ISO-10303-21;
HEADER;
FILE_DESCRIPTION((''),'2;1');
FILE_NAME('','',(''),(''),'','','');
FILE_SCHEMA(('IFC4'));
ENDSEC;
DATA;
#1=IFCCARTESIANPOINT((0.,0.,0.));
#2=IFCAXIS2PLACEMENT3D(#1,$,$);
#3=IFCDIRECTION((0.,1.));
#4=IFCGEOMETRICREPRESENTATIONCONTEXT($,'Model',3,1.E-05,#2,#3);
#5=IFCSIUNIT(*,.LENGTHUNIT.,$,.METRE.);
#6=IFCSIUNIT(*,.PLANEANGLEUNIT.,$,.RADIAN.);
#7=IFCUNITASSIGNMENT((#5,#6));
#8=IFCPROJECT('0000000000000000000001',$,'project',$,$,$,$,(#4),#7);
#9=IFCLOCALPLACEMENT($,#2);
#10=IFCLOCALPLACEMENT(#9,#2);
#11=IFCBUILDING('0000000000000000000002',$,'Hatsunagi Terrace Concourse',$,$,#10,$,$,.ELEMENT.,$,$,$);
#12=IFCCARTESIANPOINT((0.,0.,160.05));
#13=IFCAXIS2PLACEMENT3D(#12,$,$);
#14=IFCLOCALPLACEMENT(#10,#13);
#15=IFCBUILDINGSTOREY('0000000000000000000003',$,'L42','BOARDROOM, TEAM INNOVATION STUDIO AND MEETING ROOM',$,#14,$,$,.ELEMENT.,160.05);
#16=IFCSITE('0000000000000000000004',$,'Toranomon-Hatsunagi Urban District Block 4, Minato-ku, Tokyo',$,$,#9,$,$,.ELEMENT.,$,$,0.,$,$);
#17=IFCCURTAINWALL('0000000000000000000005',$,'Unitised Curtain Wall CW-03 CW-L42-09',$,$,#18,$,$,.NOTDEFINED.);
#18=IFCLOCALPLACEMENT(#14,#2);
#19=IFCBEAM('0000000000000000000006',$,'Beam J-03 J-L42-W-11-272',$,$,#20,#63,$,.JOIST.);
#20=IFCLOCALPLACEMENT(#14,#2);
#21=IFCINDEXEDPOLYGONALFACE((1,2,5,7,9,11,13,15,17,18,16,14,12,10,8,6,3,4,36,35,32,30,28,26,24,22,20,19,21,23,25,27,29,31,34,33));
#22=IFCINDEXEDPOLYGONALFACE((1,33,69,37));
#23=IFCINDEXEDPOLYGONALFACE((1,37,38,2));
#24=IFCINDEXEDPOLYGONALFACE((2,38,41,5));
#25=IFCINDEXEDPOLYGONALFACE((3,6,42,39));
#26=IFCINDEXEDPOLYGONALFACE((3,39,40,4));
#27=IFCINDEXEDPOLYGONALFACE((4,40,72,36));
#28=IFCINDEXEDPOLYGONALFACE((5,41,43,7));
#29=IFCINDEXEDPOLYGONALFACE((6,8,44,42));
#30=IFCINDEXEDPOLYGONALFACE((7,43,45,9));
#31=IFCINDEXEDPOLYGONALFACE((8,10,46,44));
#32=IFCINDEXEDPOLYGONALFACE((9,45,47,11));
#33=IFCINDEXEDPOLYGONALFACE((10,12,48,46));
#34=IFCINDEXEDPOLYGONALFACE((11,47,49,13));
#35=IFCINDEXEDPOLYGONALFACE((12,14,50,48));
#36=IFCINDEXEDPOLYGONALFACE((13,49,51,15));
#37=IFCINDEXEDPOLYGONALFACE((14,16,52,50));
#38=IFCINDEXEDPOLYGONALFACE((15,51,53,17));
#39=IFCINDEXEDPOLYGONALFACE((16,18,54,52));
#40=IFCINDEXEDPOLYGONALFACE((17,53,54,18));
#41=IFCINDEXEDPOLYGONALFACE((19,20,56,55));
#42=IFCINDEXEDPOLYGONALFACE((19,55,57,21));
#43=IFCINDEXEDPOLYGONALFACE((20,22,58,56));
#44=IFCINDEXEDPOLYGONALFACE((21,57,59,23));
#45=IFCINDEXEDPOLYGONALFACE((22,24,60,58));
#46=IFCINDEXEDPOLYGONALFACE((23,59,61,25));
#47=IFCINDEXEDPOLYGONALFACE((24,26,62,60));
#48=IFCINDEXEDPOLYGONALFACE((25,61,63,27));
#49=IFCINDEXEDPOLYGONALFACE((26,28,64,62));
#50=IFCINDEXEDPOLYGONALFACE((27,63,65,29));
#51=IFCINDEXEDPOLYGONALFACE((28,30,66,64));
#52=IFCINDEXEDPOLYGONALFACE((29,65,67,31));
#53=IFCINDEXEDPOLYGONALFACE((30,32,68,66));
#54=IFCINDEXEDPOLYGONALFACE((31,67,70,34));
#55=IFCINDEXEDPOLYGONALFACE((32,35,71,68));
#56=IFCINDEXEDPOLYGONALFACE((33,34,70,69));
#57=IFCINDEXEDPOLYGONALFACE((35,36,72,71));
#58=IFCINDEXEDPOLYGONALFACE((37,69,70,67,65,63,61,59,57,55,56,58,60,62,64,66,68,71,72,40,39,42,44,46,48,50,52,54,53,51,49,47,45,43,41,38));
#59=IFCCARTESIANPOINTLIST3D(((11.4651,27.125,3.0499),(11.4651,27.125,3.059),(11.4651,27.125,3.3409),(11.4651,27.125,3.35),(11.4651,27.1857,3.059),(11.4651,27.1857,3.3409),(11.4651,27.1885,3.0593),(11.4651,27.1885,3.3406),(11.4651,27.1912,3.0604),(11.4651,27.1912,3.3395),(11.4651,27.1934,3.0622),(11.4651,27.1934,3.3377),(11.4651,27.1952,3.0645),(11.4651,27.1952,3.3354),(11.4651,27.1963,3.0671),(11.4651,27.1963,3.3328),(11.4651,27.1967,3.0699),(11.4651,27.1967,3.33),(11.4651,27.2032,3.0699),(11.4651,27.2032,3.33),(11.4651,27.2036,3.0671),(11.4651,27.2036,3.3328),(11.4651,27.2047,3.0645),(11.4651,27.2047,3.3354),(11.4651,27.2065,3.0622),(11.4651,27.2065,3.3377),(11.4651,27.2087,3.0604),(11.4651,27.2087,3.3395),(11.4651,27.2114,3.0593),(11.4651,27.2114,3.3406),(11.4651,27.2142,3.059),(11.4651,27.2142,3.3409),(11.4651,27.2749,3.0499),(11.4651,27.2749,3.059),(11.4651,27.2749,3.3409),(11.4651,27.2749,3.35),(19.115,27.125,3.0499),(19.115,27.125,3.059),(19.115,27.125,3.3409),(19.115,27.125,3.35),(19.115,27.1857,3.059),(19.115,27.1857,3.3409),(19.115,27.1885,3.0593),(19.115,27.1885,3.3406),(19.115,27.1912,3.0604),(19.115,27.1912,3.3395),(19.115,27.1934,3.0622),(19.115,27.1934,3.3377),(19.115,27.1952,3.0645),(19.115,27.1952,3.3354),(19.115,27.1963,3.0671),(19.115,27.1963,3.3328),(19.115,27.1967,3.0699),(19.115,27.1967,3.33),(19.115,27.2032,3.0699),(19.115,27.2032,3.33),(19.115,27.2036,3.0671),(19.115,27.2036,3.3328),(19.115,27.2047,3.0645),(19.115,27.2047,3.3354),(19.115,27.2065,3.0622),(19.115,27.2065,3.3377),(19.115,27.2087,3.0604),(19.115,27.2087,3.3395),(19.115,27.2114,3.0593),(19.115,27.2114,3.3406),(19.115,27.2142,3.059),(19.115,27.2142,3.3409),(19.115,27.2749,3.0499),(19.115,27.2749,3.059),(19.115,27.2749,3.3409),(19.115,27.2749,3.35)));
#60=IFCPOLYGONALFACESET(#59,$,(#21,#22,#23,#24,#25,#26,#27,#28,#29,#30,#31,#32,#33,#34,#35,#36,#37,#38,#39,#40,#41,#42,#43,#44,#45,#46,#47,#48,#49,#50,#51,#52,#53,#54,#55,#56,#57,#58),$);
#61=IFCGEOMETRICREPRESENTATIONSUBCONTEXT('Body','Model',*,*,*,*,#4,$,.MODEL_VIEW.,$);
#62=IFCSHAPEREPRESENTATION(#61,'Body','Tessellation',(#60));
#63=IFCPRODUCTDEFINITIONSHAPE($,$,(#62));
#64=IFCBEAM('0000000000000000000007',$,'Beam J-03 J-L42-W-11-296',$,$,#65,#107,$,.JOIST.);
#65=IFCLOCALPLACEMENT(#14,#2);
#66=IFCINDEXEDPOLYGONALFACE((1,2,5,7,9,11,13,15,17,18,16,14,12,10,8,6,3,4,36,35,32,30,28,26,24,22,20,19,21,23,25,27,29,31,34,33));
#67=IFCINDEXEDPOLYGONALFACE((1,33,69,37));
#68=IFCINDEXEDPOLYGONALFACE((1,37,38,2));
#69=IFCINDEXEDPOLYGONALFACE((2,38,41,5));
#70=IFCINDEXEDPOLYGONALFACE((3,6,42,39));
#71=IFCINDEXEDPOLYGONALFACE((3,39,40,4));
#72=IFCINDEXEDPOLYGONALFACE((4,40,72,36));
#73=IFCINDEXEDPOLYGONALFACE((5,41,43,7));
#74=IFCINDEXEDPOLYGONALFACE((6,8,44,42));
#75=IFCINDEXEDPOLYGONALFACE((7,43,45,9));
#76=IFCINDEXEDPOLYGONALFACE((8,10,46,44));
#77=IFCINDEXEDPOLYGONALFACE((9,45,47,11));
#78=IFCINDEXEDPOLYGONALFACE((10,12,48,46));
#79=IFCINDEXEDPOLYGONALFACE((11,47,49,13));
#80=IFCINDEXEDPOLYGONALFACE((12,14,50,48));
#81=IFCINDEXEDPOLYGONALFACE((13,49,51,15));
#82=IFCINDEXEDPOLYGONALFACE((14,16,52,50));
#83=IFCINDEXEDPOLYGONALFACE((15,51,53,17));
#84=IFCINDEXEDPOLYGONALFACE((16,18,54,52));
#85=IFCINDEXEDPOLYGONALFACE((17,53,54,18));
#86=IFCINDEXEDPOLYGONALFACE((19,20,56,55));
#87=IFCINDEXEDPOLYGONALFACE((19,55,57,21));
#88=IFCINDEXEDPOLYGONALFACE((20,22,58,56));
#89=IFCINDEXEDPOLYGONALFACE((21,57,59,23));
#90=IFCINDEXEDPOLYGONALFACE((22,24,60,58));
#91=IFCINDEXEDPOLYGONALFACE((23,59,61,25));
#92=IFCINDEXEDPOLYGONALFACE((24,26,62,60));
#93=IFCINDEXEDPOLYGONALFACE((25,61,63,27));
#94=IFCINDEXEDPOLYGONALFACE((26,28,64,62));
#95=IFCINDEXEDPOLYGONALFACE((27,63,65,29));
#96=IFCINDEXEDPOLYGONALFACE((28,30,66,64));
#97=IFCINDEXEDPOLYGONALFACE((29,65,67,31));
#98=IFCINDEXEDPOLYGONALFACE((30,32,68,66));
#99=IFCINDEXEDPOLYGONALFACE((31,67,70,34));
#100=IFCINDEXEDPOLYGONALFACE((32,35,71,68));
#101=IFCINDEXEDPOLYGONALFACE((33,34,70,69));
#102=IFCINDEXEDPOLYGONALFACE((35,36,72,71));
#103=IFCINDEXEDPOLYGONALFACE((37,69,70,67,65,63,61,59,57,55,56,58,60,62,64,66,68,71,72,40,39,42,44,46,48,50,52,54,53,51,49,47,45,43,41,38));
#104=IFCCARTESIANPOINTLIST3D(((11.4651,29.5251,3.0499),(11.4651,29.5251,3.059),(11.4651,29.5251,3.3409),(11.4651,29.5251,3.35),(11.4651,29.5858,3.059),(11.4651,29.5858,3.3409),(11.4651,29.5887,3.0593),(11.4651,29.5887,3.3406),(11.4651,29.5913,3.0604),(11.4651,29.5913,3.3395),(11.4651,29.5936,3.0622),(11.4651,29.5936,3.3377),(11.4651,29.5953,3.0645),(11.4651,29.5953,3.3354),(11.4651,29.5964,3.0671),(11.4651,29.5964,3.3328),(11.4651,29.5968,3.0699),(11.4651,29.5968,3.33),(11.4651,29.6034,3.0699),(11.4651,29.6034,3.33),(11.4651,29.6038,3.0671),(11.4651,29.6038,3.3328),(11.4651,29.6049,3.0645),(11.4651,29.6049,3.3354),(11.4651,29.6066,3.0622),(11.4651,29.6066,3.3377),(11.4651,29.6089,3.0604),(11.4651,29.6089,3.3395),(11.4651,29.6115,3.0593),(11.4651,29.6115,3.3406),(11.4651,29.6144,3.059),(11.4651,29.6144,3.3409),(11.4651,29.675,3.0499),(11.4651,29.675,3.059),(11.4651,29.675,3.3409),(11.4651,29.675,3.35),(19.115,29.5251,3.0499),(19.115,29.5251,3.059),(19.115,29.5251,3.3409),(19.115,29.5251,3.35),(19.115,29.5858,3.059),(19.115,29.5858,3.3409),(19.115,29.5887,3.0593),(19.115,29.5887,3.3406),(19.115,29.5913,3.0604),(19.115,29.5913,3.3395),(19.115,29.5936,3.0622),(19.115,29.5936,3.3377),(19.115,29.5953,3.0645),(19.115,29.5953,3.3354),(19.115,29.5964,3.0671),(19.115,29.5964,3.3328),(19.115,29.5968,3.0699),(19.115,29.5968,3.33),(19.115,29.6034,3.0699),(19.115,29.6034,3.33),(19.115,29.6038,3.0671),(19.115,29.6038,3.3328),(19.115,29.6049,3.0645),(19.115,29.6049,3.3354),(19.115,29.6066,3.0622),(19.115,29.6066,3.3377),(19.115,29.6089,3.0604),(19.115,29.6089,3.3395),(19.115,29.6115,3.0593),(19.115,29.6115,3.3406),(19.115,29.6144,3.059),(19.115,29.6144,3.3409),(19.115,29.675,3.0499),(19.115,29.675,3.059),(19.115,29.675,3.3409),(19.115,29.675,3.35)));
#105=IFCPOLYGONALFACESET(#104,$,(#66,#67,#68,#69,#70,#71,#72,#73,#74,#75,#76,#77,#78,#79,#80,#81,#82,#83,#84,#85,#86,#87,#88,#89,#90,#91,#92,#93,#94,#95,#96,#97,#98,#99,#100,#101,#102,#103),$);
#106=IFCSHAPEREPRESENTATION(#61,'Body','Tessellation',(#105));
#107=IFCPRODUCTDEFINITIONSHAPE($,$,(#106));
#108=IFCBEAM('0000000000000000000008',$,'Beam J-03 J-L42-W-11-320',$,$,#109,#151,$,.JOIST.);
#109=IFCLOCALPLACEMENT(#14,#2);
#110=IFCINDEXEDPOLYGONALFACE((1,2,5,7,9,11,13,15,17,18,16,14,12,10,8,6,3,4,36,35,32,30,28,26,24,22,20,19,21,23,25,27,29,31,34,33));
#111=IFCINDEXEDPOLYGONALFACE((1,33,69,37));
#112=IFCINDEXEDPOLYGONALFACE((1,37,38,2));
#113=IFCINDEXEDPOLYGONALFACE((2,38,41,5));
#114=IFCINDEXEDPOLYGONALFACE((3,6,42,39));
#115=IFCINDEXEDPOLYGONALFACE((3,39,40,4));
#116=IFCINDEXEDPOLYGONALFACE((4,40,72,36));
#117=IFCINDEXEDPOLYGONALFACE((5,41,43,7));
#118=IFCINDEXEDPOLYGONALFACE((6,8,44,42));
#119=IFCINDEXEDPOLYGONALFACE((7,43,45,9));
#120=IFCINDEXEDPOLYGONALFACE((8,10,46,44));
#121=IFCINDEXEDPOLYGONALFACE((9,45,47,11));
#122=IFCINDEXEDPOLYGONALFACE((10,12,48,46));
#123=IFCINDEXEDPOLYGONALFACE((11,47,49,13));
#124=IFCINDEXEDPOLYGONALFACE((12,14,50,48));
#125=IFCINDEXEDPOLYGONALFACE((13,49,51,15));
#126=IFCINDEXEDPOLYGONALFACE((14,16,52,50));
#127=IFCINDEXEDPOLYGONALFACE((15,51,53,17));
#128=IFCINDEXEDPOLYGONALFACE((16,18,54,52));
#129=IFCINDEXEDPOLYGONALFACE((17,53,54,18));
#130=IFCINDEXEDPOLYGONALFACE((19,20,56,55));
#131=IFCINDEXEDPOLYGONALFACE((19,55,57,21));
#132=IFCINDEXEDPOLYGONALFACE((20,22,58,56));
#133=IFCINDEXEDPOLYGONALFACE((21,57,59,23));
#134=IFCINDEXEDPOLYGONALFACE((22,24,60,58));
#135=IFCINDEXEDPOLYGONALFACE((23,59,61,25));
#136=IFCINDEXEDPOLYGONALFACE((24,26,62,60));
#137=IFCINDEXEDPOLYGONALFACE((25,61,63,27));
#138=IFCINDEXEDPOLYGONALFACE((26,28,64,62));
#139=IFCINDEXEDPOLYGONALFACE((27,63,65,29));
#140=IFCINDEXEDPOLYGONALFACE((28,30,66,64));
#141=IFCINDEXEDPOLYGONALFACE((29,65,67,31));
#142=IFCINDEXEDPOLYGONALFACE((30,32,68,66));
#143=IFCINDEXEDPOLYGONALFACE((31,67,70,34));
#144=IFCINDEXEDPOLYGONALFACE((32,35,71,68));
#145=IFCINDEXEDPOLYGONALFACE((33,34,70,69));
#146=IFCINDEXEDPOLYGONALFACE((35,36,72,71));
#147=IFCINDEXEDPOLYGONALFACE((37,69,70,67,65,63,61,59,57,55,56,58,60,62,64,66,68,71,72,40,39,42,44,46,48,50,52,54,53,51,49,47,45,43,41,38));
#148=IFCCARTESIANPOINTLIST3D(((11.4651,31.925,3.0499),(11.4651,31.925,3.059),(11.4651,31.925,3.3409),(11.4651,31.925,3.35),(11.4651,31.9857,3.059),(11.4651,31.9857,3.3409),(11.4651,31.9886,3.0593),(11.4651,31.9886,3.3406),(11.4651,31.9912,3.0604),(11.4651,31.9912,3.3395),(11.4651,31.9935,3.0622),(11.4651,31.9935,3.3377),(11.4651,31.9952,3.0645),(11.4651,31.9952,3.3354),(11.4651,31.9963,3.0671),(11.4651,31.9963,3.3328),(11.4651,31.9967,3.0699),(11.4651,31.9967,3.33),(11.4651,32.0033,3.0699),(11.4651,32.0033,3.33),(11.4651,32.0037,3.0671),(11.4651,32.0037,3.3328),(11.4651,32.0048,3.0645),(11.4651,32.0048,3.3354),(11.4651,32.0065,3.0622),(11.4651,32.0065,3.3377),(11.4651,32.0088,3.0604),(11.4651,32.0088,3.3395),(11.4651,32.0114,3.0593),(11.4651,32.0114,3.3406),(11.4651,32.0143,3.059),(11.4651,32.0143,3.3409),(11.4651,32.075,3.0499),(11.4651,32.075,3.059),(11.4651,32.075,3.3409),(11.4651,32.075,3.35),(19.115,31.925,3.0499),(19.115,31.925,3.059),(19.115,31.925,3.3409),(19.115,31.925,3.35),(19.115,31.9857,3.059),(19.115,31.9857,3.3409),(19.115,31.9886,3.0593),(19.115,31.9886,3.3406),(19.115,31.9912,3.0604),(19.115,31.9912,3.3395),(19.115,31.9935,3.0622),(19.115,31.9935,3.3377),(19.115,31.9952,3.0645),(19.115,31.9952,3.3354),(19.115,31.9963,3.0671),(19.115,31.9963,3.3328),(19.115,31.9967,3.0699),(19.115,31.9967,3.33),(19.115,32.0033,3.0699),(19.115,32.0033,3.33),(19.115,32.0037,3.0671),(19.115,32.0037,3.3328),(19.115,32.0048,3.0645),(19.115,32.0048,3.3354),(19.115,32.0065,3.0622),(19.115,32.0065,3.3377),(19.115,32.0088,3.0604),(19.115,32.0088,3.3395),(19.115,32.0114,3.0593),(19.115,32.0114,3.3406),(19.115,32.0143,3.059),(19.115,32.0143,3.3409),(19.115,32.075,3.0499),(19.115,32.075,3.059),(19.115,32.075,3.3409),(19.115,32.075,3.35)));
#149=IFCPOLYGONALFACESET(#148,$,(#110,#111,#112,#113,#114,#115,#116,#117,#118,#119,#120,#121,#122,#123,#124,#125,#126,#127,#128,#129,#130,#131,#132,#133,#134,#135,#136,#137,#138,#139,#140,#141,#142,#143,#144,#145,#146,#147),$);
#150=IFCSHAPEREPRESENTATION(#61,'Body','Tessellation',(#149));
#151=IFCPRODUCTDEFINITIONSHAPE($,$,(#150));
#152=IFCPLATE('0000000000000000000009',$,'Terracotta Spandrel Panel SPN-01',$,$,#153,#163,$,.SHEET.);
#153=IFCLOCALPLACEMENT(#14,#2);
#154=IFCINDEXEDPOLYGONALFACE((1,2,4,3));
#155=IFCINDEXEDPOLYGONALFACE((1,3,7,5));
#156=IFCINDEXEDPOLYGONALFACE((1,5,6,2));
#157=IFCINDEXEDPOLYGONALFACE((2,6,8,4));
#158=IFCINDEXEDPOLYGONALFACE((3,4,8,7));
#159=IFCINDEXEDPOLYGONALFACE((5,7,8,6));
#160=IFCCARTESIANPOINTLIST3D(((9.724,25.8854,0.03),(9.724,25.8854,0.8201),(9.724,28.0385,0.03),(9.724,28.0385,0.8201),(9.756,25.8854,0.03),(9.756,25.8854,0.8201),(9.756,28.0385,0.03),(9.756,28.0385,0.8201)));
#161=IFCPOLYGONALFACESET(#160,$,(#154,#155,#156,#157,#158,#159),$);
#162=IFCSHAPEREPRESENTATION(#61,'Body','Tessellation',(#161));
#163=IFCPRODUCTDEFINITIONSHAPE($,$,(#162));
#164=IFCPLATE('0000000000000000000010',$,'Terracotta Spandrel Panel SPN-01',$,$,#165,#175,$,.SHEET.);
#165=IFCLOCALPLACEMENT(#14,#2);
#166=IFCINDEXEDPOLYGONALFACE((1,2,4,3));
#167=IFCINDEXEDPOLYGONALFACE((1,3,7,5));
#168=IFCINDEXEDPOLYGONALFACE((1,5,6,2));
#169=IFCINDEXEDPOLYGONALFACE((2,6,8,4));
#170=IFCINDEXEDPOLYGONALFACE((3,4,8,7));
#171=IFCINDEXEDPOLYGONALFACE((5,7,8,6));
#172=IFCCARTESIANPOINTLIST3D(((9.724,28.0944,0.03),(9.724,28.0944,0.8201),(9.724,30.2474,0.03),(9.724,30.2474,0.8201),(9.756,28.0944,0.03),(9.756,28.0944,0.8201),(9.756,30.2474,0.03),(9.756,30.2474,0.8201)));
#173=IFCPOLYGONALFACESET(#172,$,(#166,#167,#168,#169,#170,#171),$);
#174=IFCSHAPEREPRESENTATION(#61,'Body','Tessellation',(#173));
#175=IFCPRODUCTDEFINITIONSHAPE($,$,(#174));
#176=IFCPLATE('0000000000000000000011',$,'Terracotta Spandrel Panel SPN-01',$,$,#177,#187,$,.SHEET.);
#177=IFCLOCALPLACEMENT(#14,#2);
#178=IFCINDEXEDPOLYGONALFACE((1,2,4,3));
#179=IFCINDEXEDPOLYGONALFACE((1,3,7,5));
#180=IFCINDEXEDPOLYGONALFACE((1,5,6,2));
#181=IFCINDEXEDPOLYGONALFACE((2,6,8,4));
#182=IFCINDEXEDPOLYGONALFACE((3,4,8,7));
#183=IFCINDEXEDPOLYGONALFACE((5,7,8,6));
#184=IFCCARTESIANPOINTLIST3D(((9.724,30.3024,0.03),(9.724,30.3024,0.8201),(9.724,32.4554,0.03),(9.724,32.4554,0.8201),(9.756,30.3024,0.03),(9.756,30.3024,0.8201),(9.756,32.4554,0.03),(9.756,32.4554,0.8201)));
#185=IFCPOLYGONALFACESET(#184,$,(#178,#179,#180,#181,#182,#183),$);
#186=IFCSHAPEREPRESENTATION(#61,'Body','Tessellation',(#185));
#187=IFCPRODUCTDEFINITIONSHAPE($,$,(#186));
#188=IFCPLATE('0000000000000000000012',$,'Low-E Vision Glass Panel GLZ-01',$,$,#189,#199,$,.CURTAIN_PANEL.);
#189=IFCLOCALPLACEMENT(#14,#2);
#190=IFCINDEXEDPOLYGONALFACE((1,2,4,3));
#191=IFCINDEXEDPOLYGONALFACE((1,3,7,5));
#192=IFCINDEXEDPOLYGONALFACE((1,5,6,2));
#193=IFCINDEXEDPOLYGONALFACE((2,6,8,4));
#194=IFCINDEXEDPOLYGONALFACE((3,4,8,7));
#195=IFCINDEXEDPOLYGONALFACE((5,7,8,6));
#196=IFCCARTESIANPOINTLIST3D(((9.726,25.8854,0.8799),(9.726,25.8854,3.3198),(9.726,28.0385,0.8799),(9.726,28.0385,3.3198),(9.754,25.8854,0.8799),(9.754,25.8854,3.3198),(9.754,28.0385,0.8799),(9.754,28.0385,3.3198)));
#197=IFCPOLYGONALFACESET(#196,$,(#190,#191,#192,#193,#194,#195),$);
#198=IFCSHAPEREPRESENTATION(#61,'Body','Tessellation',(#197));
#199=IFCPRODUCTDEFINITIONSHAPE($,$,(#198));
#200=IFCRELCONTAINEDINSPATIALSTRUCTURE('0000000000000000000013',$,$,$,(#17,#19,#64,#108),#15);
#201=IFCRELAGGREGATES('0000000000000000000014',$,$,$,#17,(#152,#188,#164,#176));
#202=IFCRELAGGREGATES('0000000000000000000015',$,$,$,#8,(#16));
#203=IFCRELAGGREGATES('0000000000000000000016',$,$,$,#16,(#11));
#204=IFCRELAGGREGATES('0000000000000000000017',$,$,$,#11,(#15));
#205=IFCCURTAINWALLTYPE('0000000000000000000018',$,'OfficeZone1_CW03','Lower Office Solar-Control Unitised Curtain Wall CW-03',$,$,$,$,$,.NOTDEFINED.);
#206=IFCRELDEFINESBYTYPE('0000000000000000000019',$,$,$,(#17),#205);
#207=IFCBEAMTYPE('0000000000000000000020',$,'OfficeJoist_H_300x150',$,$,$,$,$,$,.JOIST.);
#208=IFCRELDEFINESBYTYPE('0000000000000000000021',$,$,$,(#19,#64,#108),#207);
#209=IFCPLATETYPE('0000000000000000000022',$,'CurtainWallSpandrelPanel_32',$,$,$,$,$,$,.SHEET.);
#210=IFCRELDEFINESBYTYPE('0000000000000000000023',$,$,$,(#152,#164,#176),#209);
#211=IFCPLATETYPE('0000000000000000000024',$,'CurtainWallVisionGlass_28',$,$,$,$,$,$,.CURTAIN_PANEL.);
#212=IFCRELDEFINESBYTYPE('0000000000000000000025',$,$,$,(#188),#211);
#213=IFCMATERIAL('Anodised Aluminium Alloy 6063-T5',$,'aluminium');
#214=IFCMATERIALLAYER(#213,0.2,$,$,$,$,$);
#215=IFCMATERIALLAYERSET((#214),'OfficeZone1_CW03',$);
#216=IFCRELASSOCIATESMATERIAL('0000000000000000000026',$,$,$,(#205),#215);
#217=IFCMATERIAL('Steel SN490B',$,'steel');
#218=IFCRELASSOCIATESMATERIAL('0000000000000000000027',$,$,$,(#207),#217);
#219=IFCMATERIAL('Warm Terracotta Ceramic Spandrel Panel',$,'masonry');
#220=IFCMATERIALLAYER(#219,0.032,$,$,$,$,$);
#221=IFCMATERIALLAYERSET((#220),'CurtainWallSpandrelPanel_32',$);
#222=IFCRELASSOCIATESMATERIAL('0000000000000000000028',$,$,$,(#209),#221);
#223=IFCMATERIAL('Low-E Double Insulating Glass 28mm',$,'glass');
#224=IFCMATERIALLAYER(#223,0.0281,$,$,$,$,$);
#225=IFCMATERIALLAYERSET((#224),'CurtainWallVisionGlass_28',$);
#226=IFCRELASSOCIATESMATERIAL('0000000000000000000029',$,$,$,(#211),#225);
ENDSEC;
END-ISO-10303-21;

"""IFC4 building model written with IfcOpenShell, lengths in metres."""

from ifc_helpers import new_model, si_unit, direction, frame, origin, origin_2d, place, context, subcontext, project, spatial, rectangle, i_section, extrude, material, layer, layer_set, material_profile, profile_set, type_object, element, aggregate, save


model = new_model("IFC4")

# Units and contexts
model_context = context("Model", 3, precision=1e-05, world=origin(), true_north=direction((0.0, 1.0)))
body_context = subcontext(model_context, "Body", "Model", "MODEL_VIEW")
ifc_project = project(units=[si_unit("LENGTHUNIT", "METRE"), si_unit("PLANEANGLEUNIT", "RADIAN")], contexts=[model_context])

# Site, building, storey
site_placement = place(None, origin())
site = spatial("IfcSite", under=ifc_project, at=site_placement, Name="Toranomon-Hatsunagi Urban District Block 4, Minato-ku, Tokyo", CompositionType="ELEMENT", RefElevation=0.0)
building_placement = place(site_placement, origin())
building = spatial("IfcBuilding", under=site, at=building_placement, Name="Hatsunagi Terrace Concourse", CompositionType="ELEMENT")
storey_placement = place(building_placement, frame((0.0, 0.0, 160.05)))
storey = spatial("IfcBuildingStorey", under=building, at=storey_placement, Name="L42", Description="BOARDROOM, TEAM INNOVATION STUDIO AND MEETING ROOM", CompositionType="ELEMENT", Elevation=160.05)

# Curtain wall
ifc_material_1 = material(Name="Anodised Aluminium Alloy 6063-T5", Category="aluminium")
ifc_layer_1 = layer(ifc_material_1, 0.2)
ifc_layer_set_1 = layer_set([ifc_layer_1], Name="OfficeZone1_CW03")
curtain_wall_type = type_object("IfcCurtainWallType", Name="OfficeZone1_CW03", Description="Lower Office Solar-Control Unitised Curtain Wall CW-03", PredefinedType="NOTDEFINED", material=ifc_layer_set_1)
curtain_wall_placement = place(storey_placement, origin())
curtain_wall = element("IfcCurtainWall", 1, at=curtain_wall_placement, inside=storey, type_object=curtain_wall_type, Name="Unitised Curtain Wall CW-03 CW-L42-09", PredefinedType="NOTDEFINED")

# Beams
ifc_material_2 = material(Name="Steel SN490B", Category="steel")
ifc_material_profile_1 = material_profile(ifc_material_2, i_section(OverallWidth=0.1499, OverallDepth=0.3, WebThickness=0.0066, FlangeThickness=0.009, FilletRadius=0.011, at=origin_2d()), Name="H-300x150x6.5x9")
ifc_profile_set_1 = profile_set([ifc_material_profile_1], Name="Steel SN490B")
beam_type = type_object("IfcBeamType", Name="OfficeJoist_H_300x150", PredefinedType="JOIST", material=ifc_profile_set_1)
for number, where, z_axis, x_axis, name in (
    (2, (11.4651, 27.2, 3.2), (1.0, 0.0, 0.0), (0.0, 1.0, 0.0), "Beam J-03 J-L42-W-11-272"),
    (3, (11.4651, 29.6001, 3.2), (1.0, 0.0, 0.0), (0.0, 1.0, 0.0), "Beam J-03 J-L42-W-11-296"),
    (4, (11.4651, 32.0, 3.2), (1.0, 0.0, 0.0), (0.0, 1.0, 0.0), "Beam J-03 J-L42-W-11-320"),
):
    element("IfcBeam", number, at=place(storey_placement, frame(where, z_axis=z_axis, x_axis=x_axis)), inside=storey, type_object=beam_type, Name=name, PredefinedType="JOIST", context=body_context, shape_type="SweptSolid", body=[
        extrude(i_section(OverallWidth=0.1499, OverallDepth=0.3, WebThickness=0.0066, FlangeThickness=0.009, FilletRadius=0.011, at=origin_2d()), origin(), (0.0, 0.0, 1.0), 7.6499),
    ])

# Plates
ifc_material_3 = material(Name="Warm Terracotta Ceramic Spandrel Panel", Category="masonry")
ifc_layer_2 = layer(ifc_material_3, 0.032)
ifc_layer_set_2 = layer_set([ifc_layer_2], Name="CurtainWallSpandrelPanel_32")
plate_type_1 = type_object("IfcPlateType", Name="CurtainWallSpandrelPanel_32", PredefinedType="SHEET", material=ifc_layer_set_2)
plate_1_placement = place(storey_placement, frame((9.74, 26.9619, 0.03), z_axis=(0.0, 0.0, 1.0), x_axis=(0.0, 1.0, 0.0)))
plate_1 = element("IfcPlate", 5, at=plate_1_placement, type_object=plate_type_1, Name="Terracotta Spandrel Panel SPN-01", PredefinedType="SHEET", context=body_context, shape_type="SweptSolid", body=[
    extrude(rectangle(XDim=2.1531, YDim=0.032, at=origin_2d()), origin(), (0.0, 0.0, 1.0), 0.79),
])
plate_2_placement = place(storey_placement, frame((9.74, 29.1709, 0.03), z_axis=(0.0, 0.0, 1.0), x_axis=(0.0, 1.0, 0.0)))
plate_2 = element("IfcPlate", 6, at=plate_2_placement, type_object=plate_type_1, Name="Terracotta Spandrel Panel SPN-01", PredefinedType="SHEET", context=body_context, shape_type="SweptSolid", body=[
    extrude(rectangle(XDim=2.1531, YDim=0.032, at=origin_2d()), origin(), (0.0, 0.0, 1.0), 0.79),
])
plate_3_placement = place(storey_placement, frame((9.74, 31.3789, 0.03), z_axis=(0.0, 0.0, 1.0), x_axis=(0.0, 1.0, 0.0)))
plate_3 = element("IfcPlate", 7, at=plate_3_placement, type_object=plate_type_1, Name="Terracotta Spandrel Panel SPN-01", PredefinedType="SHEET", context=body_context, shape_type="SweptSolid", body=[
    extrude(rectangle(XDim=2.1531, YDim=0.032, at=origin_2d()), origin(), (0.0, 0.0, 1.0), 0.79),
])
ifc_material_4 = material(Name="Low-E Double Insulating Glass 28mm", Category="glass")
ifc_layer_3 = layer(ifc_material_4, 0.0281)
ifc_layer_set_3 = layer_set([ifc_layer_3], Name="CurtainWallVisionGlass_28")
plate_type_2 = type_object("IfcPlateType", Name="CurtainWallVisionGlass_28", PredefinedType="CURTAIN_PANEL", material=ifc_layer_set_3)
plate_4_placement = place(storey_placement, frame((9.74, 26.9619, 0.8799), z_axis=(0.0, 0.0, 1.0), x_axis=(0.0, 1.0, 0.0)))
plate_4 = element("IfcPlate", 8, at=plate_4_placement, type_object=plate_type_2, Name="Low-E Vision Glass Panel GLZ-01", PredefinedType="CURTAIN_PANEL", context=body_context, shape_type="SweptSolid", body=[
    extrude(rectangle(XDim=2.1531, YDim=0.0281, at=origin_2d()), origin(), (0.0, 0.0, 1.0), 2.4399),
])
aggregate(curtain_wall, [plate_1, plate_4, plate_2, plate_3])

save(model, "model.ifc")
